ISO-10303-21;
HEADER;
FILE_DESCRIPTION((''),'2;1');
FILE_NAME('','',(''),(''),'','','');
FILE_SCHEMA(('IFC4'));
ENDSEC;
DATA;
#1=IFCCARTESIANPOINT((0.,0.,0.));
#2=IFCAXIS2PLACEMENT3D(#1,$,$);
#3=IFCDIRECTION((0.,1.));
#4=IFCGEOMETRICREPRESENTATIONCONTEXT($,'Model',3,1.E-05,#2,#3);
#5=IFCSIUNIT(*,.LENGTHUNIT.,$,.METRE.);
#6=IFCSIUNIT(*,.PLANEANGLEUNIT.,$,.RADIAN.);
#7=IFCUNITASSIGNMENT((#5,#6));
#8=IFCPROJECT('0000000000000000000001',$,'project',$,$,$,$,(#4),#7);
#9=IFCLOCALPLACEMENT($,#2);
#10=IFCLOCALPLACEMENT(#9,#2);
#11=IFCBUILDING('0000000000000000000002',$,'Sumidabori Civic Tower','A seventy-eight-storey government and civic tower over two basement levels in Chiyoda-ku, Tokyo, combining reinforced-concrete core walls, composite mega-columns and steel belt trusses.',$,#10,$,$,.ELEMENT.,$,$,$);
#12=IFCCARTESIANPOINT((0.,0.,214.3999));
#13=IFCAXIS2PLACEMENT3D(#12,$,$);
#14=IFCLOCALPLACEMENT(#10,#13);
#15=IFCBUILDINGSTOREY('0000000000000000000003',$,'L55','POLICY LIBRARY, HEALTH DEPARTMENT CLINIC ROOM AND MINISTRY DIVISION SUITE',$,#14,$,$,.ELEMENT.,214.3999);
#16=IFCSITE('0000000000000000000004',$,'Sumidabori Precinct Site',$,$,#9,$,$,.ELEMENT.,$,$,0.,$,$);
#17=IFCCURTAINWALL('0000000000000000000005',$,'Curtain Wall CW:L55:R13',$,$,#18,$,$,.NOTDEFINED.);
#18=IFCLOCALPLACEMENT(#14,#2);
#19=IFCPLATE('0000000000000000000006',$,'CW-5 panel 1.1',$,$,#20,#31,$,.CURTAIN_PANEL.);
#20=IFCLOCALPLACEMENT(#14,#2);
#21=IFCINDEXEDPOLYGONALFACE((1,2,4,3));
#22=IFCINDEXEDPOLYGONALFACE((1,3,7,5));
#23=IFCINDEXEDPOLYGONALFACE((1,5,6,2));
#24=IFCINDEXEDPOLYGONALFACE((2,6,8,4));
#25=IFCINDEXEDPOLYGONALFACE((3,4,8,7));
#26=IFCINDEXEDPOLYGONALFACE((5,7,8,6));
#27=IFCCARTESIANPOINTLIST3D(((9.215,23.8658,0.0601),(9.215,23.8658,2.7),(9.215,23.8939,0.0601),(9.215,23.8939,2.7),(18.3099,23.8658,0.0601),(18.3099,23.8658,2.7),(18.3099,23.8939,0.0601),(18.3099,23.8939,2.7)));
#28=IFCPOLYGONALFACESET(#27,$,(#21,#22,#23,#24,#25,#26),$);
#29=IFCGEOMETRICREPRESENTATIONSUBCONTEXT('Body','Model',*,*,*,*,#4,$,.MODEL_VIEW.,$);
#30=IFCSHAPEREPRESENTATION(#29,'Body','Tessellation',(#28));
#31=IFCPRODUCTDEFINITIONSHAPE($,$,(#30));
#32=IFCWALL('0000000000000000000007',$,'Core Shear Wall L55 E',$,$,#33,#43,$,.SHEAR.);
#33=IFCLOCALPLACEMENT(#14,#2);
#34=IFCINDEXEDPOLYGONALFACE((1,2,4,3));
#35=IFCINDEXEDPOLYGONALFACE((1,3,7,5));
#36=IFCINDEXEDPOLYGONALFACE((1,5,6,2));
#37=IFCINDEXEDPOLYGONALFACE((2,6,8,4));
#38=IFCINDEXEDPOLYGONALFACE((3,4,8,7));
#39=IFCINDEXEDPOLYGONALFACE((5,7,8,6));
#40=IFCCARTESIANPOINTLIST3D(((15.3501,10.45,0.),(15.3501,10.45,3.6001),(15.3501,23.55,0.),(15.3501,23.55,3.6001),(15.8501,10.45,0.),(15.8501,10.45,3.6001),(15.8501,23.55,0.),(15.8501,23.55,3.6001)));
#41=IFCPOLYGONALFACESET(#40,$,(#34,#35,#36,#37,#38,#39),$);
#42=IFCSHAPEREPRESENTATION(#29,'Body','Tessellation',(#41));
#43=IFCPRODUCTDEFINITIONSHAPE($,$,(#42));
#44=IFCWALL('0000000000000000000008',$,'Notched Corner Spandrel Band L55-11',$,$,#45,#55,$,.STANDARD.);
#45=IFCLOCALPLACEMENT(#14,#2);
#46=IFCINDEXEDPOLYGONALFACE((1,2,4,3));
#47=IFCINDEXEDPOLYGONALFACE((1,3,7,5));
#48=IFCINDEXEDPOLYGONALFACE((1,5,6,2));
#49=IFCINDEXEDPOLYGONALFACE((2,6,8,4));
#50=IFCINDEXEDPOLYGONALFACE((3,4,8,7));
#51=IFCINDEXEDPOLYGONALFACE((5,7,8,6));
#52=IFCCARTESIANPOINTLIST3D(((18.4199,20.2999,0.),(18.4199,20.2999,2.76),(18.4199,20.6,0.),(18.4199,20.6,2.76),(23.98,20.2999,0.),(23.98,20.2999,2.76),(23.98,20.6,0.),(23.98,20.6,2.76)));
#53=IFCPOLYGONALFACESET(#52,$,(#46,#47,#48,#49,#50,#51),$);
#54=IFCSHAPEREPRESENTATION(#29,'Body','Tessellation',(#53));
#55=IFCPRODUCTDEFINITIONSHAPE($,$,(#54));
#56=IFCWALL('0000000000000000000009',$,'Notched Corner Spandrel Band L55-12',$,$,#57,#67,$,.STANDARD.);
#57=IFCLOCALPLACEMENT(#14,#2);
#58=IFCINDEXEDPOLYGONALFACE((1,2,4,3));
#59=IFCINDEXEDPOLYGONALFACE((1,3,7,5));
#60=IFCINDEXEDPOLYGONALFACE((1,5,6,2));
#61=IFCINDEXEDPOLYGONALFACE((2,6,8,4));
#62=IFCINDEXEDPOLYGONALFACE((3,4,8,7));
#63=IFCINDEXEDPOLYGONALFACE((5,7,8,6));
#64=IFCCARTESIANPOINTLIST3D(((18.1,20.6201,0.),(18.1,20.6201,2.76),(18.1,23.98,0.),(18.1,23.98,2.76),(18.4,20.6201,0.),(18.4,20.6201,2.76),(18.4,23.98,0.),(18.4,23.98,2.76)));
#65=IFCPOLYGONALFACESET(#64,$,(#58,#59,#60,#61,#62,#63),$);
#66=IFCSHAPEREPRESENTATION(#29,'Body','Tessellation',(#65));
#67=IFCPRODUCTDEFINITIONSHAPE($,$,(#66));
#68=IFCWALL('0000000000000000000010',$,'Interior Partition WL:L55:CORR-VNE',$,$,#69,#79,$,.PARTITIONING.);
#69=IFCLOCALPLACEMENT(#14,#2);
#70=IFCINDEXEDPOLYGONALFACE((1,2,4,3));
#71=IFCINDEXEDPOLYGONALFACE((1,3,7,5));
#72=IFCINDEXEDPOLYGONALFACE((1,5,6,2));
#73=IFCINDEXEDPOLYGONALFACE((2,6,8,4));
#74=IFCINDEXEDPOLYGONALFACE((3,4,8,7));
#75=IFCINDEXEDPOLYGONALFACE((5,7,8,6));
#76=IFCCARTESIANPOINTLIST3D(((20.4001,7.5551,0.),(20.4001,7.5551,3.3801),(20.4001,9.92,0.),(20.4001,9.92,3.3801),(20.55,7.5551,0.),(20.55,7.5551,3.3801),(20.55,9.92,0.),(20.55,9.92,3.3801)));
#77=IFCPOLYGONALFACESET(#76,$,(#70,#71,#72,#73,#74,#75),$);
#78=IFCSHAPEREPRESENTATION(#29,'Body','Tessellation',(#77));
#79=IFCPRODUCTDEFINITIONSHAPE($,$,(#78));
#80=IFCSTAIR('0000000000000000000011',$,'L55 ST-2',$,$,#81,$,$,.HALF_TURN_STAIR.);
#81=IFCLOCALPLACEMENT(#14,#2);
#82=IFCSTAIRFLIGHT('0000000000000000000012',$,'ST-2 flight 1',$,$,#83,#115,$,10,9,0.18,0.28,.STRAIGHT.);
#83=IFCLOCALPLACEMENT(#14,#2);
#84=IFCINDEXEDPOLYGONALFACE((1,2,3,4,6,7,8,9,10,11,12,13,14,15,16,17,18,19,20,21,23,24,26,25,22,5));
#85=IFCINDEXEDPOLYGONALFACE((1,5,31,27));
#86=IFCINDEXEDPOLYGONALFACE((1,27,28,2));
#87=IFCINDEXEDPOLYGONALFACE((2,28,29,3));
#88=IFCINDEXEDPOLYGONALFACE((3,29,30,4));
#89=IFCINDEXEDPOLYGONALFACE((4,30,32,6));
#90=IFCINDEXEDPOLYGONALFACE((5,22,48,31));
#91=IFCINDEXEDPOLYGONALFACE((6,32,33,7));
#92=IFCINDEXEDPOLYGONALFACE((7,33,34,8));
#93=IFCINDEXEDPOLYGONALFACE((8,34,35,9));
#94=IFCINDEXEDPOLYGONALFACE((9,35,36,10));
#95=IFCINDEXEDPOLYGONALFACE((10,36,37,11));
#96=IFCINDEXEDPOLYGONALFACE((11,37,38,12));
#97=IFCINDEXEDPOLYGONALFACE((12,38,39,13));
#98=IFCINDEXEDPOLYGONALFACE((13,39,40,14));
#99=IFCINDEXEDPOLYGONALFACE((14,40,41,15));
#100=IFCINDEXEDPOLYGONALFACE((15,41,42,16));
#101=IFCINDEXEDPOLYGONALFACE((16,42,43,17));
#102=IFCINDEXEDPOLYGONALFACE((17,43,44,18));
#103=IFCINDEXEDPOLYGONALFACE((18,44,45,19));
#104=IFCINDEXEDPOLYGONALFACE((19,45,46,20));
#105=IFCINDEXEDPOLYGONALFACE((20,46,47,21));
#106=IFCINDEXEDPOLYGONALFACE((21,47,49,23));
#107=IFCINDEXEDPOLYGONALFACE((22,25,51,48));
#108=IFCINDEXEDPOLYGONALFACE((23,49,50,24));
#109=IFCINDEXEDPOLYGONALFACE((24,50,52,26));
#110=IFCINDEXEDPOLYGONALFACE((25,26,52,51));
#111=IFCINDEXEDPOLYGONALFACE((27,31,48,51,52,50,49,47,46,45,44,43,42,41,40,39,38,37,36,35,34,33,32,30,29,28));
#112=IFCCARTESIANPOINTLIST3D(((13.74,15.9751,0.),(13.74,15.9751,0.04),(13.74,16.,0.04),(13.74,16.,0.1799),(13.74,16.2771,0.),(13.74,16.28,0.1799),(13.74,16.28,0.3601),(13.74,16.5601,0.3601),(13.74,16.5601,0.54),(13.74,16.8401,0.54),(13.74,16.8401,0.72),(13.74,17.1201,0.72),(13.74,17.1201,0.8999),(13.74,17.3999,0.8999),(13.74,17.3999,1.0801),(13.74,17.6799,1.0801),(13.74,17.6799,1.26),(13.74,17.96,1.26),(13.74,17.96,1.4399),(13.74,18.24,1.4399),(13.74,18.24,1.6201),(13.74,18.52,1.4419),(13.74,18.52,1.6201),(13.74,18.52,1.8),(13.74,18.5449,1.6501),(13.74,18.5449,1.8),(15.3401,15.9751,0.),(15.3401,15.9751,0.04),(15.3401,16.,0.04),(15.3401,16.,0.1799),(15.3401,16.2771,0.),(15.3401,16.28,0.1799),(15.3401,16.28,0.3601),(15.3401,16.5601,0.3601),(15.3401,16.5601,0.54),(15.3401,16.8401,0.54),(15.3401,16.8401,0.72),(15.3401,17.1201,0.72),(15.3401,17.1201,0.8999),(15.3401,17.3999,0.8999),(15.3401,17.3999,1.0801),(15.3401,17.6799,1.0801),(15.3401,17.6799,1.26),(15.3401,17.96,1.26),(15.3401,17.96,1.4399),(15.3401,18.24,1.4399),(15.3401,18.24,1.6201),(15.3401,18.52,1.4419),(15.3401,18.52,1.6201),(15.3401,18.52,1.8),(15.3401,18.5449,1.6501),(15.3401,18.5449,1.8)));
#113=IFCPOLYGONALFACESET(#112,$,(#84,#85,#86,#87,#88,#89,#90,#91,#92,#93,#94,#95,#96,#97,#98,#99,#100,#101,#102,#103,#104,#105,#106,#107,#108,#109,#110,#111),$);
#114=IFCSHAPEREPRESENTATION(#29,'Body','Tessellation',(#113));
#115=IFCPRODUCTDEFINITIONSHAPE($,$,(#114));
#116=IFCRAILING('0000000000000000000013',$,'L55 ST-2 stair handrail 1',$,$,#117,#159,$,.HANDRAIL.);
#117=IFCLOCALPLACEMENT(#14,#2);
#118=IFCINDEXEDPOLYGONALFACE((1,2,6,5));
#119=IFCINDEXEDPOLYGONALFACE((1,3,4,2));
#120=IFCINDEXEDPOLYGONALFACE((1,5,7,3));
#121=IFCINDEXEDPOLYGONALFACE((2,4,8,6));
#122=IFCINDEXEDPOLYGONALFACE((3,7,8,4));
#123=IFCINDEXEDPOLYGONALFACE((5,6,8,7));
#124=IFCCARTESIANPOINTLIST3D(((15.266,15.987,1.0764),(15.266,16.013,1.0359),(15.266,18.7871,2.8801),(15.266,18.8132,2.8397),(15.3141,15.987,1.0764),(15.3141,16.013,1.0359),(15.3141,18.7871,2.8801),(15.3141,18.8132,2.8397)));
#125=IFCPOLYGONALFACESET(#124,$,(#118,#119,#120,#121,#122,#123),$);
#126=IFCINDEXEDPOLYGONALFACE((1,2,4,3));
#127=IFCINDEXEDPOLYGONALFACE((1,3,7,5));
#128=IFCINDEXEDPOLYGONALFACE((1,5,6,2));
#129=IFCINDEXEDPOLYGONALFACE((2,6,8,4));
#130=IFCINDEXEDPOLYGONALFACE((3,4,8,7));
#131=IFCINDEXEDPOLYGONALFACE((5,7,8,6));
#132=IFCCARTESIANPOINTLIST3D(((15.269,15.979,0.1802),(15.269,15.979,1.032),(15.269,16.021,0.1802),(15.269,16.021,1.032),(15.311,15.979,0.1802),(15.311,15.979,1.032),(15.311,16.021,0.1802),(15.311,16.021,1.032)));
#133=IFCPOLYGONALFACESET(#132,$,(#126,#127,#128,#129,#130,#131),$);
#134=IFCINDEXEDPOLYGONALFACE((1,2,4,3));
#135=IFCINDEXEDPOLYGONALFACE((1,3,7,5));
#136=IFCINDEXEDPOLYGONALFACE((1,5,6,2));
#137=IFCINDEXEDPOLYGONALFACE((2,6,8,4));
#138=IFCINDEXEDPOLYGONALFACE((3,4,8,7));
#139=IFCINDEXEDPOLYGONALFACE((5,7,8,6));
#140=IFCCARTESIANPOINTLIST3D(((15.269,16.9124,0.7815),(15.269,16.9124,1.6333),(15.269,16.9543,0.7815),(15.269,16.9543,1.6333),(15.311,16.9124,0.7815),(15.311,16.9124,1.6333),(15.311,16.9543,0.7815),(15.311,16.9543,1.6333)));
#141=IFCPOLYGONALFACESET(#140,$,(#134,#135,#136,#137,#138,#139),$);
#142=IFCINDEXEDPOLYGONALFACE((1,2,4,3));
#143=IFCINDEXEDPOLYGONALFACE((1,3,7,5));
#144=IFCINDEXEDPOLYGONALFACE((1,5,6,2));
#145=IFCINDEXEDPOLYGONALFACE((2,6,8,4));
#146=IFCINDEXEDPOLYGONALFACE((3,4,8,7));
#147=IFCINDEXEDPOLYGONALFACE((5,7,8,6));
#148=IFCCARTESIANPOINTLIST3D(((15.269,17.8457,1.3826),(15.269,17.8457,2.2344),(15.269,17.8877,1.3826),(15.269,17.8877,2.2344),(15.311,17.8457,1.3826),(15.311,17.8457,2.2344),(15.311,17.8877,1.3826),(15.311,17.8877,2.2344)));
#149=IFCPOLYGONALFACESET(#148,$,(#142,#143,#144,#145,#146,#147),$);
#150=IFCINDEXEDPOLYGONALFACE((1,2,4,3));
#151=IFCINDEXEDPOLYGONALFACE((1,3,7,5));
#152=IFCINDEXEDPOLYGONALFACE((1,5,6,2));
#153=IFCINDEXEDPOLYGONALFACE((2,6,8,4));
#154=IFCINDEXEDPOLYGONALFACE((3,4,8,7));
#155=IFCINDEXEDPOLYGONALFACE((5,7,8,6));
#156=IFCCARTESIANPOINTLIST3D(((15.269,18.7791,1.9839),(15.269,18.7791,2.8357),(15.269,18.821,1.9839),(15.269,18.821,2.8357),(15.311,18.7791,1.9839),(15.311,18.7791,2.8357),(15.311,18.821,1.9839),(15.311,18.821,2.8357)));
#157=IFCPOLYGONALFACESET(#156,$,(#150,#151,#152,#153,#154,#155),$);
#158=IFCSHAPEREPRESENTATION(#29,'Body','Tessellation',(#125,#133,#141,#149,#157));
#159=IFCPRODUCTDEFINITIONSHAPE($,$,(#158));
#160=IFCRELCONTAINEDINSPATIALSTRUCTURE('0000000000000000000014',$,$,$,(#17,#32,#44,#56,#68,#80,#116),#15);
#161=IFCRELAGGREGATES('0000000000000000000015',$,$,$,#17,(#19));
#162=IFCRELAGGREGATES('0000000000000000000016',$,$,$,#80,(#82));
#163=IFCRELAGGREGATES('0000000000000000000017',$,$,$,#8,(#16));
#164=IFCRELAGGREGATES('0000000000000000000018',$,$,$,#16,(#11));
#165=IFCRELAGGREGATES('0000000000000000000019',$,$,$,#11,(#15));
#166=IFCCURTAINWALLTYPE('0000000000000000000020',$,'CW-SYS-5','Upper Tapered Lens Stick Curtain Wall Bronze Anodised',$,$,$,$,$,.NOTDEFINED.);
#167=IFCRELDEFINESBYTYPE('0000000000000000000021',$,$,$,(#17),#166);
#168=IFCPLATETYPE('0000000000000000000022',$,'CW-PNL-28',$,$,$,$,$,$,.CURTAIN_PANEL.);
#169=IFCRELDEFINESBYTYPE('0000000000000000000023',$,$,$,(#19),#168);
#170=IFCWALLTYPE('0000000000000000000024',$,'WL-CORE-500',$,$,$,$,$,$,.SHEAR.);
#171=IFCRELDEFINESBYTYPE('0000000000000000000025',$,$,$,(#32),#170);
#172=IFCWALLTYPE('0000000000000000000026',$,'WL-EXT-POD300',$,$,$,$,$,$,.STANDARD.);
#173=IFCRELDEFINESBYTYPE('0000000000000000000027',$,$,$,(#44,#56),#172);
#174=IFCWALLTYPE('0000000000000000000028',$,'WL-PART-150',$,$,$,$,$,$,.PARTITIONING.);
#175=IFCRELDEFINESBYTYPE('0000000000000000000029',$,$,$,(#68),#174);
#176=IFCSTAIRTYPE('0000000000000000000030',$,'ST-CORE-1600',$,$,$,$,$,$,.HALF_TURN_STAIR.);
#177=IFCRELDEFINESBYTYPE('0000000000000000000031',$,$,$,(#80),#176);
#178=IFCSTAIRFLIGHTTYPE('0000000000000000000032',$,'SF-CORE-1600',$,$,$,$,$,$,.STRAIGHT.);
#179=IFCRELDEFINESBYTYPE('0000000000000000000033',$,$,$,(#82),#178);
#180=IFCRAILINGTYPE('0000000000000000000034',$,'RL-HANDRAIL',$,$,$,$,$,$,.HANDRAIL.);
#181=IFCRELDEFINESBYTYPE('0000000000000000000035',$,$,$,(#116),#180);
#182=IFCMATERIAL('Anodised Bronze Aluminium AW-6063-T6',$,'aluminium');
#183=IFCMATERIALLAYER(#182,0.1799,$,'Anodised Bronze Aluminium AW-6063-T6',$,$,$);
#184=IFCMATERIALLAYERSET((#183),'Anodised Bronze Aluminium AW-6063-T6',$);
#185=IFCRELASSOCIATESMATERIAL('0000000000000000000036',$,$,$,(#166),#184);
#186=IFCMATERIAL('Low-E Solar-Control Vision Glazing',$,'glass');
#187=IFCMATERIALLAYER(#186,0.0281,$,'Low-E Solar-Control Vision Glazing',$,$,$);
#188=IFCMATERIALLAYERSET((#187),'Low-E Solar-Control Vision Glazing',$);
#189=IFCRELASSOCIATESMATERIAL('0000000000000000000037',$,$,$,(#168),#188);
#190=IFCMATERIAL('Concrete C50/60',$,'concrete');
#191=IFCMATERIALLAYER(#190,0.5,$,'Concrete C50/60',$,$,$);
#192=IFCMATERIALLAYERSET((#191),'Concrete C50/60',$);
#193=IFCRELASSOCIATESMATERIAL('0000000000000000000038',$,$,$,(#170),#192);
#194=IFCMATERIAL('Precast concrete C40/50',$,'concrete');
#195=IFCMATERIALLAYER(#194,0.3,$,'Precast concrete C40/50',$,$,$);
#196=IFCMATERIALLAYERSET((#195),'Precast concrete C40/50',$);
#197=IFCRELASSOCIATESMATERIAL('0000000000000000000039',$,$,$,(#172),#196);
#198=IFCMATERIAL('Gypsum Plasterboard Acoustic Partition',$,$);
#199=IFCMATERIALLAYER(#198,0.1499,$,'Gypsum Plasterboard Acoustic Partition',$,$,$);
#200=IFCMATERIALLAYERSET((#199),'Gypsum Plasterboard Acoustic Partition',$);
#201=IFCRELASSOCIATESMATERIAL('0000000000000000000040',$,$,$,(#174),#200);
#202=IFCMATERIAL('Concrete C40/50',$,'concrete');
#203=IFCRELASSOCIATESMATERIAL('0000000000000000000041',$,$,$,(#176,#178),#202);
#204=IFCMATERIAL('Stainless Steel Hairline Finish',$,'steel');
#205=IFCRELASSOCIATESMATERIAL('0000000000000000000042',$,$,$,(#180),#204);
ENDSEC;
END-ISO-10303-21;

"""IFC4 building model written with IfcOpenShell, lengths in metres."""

from ifc_helpers import new_model, si_unit, direction, frame, frame_2d, origin, origin_2d, place, context, subcontext, project, spatial, polyline, rectangle, outline, extrude, source, transform, mapped, material, layer, layer_set, type_object, element, aggregate, save


model = new_model("IFC4")

# Units and contexts
model_context = context("Model", 3, precision=1e-05, world=origin(), true_north=direction((0.0, 1.0)))
body_context = subcontext(model_context, "Body", "Model", "MODEL_VIEW")
ifc_project = project(units=[si_unit("LENGTHUNIT", "METRE"), si_unit("PLANEANGLEUNIT", "RADIAN")], contexts=[model_context])

# Site, building, storey
site_placement = place(None, origin())
site = spatial("IfcSite", under=ifc_project, at=site_placement, Name="Sumidabori Precinct Site", CompositionType="ELEMENT", RefElevation=0.0)
building_placement = place(site_placement, origin())
building = spatial("IfcBuilding", under=site, at=building_placement, Name="Sumidabori Civic Tower", Description="A seventy-eight-storey government and civic tower over two basement levels in Chiyoda-ku, Tokyo, combining reinforced-concrete core walls, composite mega-columns and steel belt trusses.", CompositionType="ELEMENT")
storey_placement = place(building_placement, frame((0.0, 0.0, 214.3999)))
storey = spatial("IfcBuildingStorey", under=building, at=storey_placement, Name="L55", Description="POLICY LIBRARY, HEALTH DEPARTMENT CLINIC ROOM AND MINISTRY DIVISION SUITE", CompositionType="ELEMENT", Elevation=214.3999)

# Shared definitions
ifc_material_1 = material(Name="Anodised Bronze Aluminium AW-6063-T6", Category="aluminium")
ifc_layer_1 = layer(ifc_material_1, 0.1799, Name="Anodised Bronze Aluminium AW-6063-T6")
ifc_layer_set_1 = layer_set([ifc_layer_1], Name="Anodised Bronze Aluminium AW-6063-T6")
curtain_wall_type = type_object("IfcCurtainWallType", Name="CW-SYS-5", Description="Upper Tapered Lens Stick Curtain Wall Bronze Anodised", PredefinedType="NOTDEFINED", material=ifc_layer_set_1)

# Curtain wall
curtain_wall_1_placement = place(storey_placement, origin())
curtain_wall_1 = element("IfcCurtainWall", 1, at=curtain_wall_1_placement, inside=storey, type_object=curtain_wall_type, Name="Curtain Wall CW:L55:R13", PredefinedType="NOTDEFINED")

# Plate
ifc_material_2 = material(Name="Low-E Solar-Control Vision Glazing", Category="glass")
ifc_layer_2 = layer(ifc_material_2, 0.0281, Name="Low-E Solar-Control Vision Glazing")
ifc_layer_set_2 = layer_set([ifc_layer_2], Name="Low-E Solar-Control Vision Glazing")
plate_type = type_object("IfcPlateType", Name="CW-PNL-28", PredefinedType="CURTAIN_PANEL", material=ifc_layer_set_2)
shared_shape_1 = source(origin(), body_context, "Body", "SweptSolid", [
    extrude(rectangle(XDim=9.095, YDim=0.0281, at=origin_2d()), origin(), (0.0, 0.0, 1.0), 2.6399),
])
plate_1_placement = place(storey_placement, frame((13.7625, 23.8799, 0.0601), z_axis=(0.0, 0.0, 1.0), x_axis=(-1.0, 0.0, 0.0)))
plate_1 = element("IfcPlate", 2, at=plate_1_placement, type_object=plate_type, Name="CW-5 panel 1.1", PredefinedType="CURTAIN_PANEL", context=body_context, shape_type="MappedRepresentation", body=[
    mapped(shared_shape_1, transform((0.0, 0.0, 0.0), x_axis=(1.0, 0.0, 0.0), y_axis=(0.0, 1.0, 0.0), z_axis=(0.0, 0.0, 1.0), scale=1.0)),
])
aggregate(curtain_wall_1, [plate_1])

# Walls
ifc_material_3 = material(Name="Concrete C50/60", Category="concrete")
ifc_layer_3 = layer(ifc_material_3, 0.5, Name="Concrete C50/60")
ifc_layer_set_3 = layer_set([ifc_layer_3], Name="Concrete C50/60")
wall_type_1 = type_object("IfcWallType", Name="WL-CORE-500", PredefinedType="SHEAR", material=ifc_layer_set_3)
shared_shape_2 = source(origin(), body_context, "Body", "SweptSolid", [
    extrude(rectangle(XDim=13.1001, YDim=0.5, at=frame_2d((6.55, 0.0))), origin(), (0.0, 0.0, 1.0), 3.6001),
])
wall_1_placement = place(storey_placement, frame((15.6001, 10.45, 0.0), z_axis=(0.0, 0.0, 1.0), x_axis=(0.0, 1.0, 0.0)))
element("IfcWall", 3, at=wall_1_placement, inside=storey, type_object=wall_type_1, Name="Core Shear Wall L55 E", PredefinedType="SHEAR", context=body_context, shape_type="MappedRepresentation", body=[
    mapped(shared_shape_2, transform((0.0, 0.0, 0.0), x_axis=(1.0, 0.0, 0.0), y_axis=(0.0, 1.0, 0.0), z_axis=(0.0, 0.0, 1.0), scale=1.0)),
])
ifc_material_4 = material(Name="Precast concrete C40/50", Category="concrete")
ifc_layer_4 = layer(ifc_material_4, 0.3, Name="Precast concrete C40/50")
ifc_layer_set_4 = layer_set([ifc_layer_4], Name="Precast concrete C40/50")
wall_type_2 = type_object("IfcWallType", Name="WL-EXT-POD300", PredefinedType="STANDARD", material=ifc_layer_set_4)
shared_shape_3 = source(origin(), body_context, "Body", "SweptSolid", [
    extrude(rectangle(XDim=5.5601, YDim=0.3, at=frame_2d((2.78, 0.0))), origin(), (0.0, 0.0, 1.0), 2.76),
])
wall_2_placement = place(storey_placement, frame((23.98, 20.45, 0.0), z_axis=(0.0, 0.0, 1.0), x_axis=(-1.0, 0.0, 0.0)))
element("IfcWall", 4, at=wall_2_placement, inside=storey, type_object=wall_type_2, Name="Notched Corner Spandrel Band L55-11", PredefinedType="STANDARD", context=body_context, shape_type="MappedRepresentation", body=[
    mapped(shared_shape_3, transform((0.0, 0.0, 0.0), x_axis=(1.0, 0.0, 0.0), y_axis=(0.0, 1.0, 0.0), z_axis=(0.0, 0.0, 1.0), scale=1.0)),
])
shared_shape_4 = source(origin(), body_context, "Body", "SweptSolid", [
    extrude(rectangle(XDim=3.3599, YDim=0.3, at=frame_2d((1.6799, 0.0))), origin(), (0.0, 0.0, 1.0), 2.76),
])
wall_3_placement = place(storey_placement, frame((18.25, 20.6201, 0.0), z_axis=(0.0, 0.0, 1.0), x_axis=(0.0, 1.0, 0.0)))
element("IfcWall", 5, at=wall_3_placement, inside=storey, type_object=wall_type_2, Name="Notched Corner Spandrel Band L55-12", PredefinedType="STANDARD", context=body_context, shape_type="MappedRepresentation", body=[
    mapped(shared_shape_4, transform((0.0, 0.0, 0.0), x_axis=(1.0, 0.0, 0.0), y_axis=(0.0, 1.0, 0.0), z_axis=(0.0, 0.0, 1.0), scale=1.0)),
])

# Shared definitions
ifc_material_5 = material(Name="Gypsum Plasterboard Acoustic Partition")
ifc_layer_5 = layer(ifc_material_5, 0.1499, Name="Gypsum Plasterboard Acoustic Partition")
ifc_layer_set_5 = layer_set([ifc_layer_5], Name="Gypsum Plasterboard Acoustic Partition")
wall_type_3 = type_object("IfcWallType", Name="WL-PART-150", PredefinedType="PARTITIONING", material=ifc_layer_set_5)

# Wall
shared_shape_5 = source(origin(), body_context, "Body", "SweptSolid", [
    extrude(rectangle(XDim=2.365, YDim=0.1499, at=frame_2d((1.1826, 0.0))), origin(), (0.0, 0.0, 1.0), 3.3801),
])
wall_4_placement = place(storey_placement, frame((20.4751, 7.5549, 0.0), z_axis=(0.0, 0.0, 1.0), x_axis=(0.0, 1.0, 0.0)))
element("IfcWall", 6, at=wall_4_placement, inside=storey, type_object=wall_type_3, Name="Interior Partition WL:L55:CORR-VNE", PredefinedType="PARTITIONING", context=body_context, shape_type="MappedRepresentation", body=[
    mapped(shared_shape_5, transform((0.0, 0.0, 0.0), x_axis=(1.0, 0.0, 0.0), y_axis=(0.0, 1.0, 0.0), z_axis=(0.0, 0.0, 1.0), scale=1.0)),
])

# Stair, stair flight
ifc_material_6 = material(Name="Concrete C40/50", Category="concrete")
stair_type = type_object("IfcStairType", Name="ST-CORE-1600", PredefinedType="HALF_TURN_STAIR", material=ifc_material_6)
stair_placement = place(storey_placement, origin())
stair = element("IfcStair", 7, at=stair_placement, inside=storey, type_object=stair_type, Name="L55 ST-2", PredefinedType="HALF_TURN_STAIR")
stair_flight_type = type_object("IfcStairFlightType", Name="SF-CORE-1600", PredefinedType="STRAIGHT", material=ifc_material_6)
shared_shape_6 = source(origin(), body_context, "Body", "SweptSolid", [
    extrude(outline(polyline([(-0.0249, 0.0), (-0.0249, 0.04), (0.0, 0.04), (0.0, 0.1799), (0.28, 0.1799), (0.28, 0.3601), (0.5601, 0.3601), (0.5601, 0.54), (0.8401, 0.54), (0.8401, 0.72), (1.1201, 0.72), (1.1201, 0.8999), (1.3999, 0.8999), (1.3999, 1.0801), (1.6799, 1.0801), (1.6799, 1.26), (1.96, 1.26), (1.96, 1.4399), (2.24, 1.4399), (2.24, 1.6201), (2.52, 1.6201), (2.52, 1.8), (2.5449, 1.8), (2.5449, 1.6501), (2.52, 1.4419), (0.2771, 0.0), (-0.0249, 0.0)])), frame((0.0, 0.8, 0.0), z_axis=(0.0, -1.0, 0.0), x_axis=(1.0, 0.0, 0.0)), (0.0, 0.0, 1.0), 1.6001),
])
stair_flight_placement = place(storey_placement, frame((14.54, 16.0, 0.0), z_axis=(0.0, 0.0, 1.0), x_axis=(0.0, 1.0, 0.0)))
stair_flight = element("IfcStairFlight", 8, at=stair_flight_placement, type_object=stair_flight_type, Name="ST-2 flight 1", NumberOfRisers=10, NumberOfTreads=9, PredefinedType="STRAIGHT", RiserHeight=0.18, TreadLength=0.28, context=body_context, shape_type="MappedRepresentation", body=[
    mapped(shared_shape_6, transform((0.0, 0.0, 0.0), x_axis=(1.0, 0.0, 0.0), y_axis=(0.0, 1.0, 0.0), z_axis=(0.0, 0.0, 1.0), scale=1.0)),
])
aggregate(stair, [stair_flight])

# Railing
ifc_material_7 = material(Name="Stainless Steel Hairline Finish", Category="steel")
railing_type_1 = type_object("IfcRailingType", Name="RL-HANDRAIL", PredefinedType="HANDRAIL", material=ifc_material_7)
railing_1_placement = place(storey_placement, frame((15.29, 16.0, 0.1802)))
element("IfcRailing", 9, at=railing_1_placement, inside=storey, type_object=railing_type_1, Name="L55 ST-2 stair handrail 1", PredefinedType="HANDRAIL", context=body_context, shape_type="SweptSolid", body=[
    extrude(rectangle(XDim=0.0481, YDim=0.0481, at=origin_2d()), frame((0.0, 0.0, 0.876), z_axis=(0.0, 0.840676, 0.541539), x_axis=(-1.0, 0.0, 0.0)), (0.0, 0.0, 1.0), 3.3308),
    extrude(rectangle(XDim=0.042, YDim=0.042, at=origin_2d()), origin(), (0.0, 0.0, 1.0), 0.8518),
    extrude(rectangle(XDim=0.042, YDim=0.042, at=origin_2d()), frame((0.0, 0.9333, 0.6013)), (0.0, 0.0, 1.0), 0.8518),
    extrude(rectangle(XDim=0.042, YDim=0.042, at=origin_2d()), frame((0.0, 1.8667, 1.2024)), (0.0, 0.0, 1.0), 0.8518),
    extrude(rectangle(XDim=0.042, YDim=0.042, at=origin_2d()), frame((0.0, 2.8, 1.8037)), (0.0, 0.0, 1.0), 0.8518),
])

save(model, "model.ifc")
